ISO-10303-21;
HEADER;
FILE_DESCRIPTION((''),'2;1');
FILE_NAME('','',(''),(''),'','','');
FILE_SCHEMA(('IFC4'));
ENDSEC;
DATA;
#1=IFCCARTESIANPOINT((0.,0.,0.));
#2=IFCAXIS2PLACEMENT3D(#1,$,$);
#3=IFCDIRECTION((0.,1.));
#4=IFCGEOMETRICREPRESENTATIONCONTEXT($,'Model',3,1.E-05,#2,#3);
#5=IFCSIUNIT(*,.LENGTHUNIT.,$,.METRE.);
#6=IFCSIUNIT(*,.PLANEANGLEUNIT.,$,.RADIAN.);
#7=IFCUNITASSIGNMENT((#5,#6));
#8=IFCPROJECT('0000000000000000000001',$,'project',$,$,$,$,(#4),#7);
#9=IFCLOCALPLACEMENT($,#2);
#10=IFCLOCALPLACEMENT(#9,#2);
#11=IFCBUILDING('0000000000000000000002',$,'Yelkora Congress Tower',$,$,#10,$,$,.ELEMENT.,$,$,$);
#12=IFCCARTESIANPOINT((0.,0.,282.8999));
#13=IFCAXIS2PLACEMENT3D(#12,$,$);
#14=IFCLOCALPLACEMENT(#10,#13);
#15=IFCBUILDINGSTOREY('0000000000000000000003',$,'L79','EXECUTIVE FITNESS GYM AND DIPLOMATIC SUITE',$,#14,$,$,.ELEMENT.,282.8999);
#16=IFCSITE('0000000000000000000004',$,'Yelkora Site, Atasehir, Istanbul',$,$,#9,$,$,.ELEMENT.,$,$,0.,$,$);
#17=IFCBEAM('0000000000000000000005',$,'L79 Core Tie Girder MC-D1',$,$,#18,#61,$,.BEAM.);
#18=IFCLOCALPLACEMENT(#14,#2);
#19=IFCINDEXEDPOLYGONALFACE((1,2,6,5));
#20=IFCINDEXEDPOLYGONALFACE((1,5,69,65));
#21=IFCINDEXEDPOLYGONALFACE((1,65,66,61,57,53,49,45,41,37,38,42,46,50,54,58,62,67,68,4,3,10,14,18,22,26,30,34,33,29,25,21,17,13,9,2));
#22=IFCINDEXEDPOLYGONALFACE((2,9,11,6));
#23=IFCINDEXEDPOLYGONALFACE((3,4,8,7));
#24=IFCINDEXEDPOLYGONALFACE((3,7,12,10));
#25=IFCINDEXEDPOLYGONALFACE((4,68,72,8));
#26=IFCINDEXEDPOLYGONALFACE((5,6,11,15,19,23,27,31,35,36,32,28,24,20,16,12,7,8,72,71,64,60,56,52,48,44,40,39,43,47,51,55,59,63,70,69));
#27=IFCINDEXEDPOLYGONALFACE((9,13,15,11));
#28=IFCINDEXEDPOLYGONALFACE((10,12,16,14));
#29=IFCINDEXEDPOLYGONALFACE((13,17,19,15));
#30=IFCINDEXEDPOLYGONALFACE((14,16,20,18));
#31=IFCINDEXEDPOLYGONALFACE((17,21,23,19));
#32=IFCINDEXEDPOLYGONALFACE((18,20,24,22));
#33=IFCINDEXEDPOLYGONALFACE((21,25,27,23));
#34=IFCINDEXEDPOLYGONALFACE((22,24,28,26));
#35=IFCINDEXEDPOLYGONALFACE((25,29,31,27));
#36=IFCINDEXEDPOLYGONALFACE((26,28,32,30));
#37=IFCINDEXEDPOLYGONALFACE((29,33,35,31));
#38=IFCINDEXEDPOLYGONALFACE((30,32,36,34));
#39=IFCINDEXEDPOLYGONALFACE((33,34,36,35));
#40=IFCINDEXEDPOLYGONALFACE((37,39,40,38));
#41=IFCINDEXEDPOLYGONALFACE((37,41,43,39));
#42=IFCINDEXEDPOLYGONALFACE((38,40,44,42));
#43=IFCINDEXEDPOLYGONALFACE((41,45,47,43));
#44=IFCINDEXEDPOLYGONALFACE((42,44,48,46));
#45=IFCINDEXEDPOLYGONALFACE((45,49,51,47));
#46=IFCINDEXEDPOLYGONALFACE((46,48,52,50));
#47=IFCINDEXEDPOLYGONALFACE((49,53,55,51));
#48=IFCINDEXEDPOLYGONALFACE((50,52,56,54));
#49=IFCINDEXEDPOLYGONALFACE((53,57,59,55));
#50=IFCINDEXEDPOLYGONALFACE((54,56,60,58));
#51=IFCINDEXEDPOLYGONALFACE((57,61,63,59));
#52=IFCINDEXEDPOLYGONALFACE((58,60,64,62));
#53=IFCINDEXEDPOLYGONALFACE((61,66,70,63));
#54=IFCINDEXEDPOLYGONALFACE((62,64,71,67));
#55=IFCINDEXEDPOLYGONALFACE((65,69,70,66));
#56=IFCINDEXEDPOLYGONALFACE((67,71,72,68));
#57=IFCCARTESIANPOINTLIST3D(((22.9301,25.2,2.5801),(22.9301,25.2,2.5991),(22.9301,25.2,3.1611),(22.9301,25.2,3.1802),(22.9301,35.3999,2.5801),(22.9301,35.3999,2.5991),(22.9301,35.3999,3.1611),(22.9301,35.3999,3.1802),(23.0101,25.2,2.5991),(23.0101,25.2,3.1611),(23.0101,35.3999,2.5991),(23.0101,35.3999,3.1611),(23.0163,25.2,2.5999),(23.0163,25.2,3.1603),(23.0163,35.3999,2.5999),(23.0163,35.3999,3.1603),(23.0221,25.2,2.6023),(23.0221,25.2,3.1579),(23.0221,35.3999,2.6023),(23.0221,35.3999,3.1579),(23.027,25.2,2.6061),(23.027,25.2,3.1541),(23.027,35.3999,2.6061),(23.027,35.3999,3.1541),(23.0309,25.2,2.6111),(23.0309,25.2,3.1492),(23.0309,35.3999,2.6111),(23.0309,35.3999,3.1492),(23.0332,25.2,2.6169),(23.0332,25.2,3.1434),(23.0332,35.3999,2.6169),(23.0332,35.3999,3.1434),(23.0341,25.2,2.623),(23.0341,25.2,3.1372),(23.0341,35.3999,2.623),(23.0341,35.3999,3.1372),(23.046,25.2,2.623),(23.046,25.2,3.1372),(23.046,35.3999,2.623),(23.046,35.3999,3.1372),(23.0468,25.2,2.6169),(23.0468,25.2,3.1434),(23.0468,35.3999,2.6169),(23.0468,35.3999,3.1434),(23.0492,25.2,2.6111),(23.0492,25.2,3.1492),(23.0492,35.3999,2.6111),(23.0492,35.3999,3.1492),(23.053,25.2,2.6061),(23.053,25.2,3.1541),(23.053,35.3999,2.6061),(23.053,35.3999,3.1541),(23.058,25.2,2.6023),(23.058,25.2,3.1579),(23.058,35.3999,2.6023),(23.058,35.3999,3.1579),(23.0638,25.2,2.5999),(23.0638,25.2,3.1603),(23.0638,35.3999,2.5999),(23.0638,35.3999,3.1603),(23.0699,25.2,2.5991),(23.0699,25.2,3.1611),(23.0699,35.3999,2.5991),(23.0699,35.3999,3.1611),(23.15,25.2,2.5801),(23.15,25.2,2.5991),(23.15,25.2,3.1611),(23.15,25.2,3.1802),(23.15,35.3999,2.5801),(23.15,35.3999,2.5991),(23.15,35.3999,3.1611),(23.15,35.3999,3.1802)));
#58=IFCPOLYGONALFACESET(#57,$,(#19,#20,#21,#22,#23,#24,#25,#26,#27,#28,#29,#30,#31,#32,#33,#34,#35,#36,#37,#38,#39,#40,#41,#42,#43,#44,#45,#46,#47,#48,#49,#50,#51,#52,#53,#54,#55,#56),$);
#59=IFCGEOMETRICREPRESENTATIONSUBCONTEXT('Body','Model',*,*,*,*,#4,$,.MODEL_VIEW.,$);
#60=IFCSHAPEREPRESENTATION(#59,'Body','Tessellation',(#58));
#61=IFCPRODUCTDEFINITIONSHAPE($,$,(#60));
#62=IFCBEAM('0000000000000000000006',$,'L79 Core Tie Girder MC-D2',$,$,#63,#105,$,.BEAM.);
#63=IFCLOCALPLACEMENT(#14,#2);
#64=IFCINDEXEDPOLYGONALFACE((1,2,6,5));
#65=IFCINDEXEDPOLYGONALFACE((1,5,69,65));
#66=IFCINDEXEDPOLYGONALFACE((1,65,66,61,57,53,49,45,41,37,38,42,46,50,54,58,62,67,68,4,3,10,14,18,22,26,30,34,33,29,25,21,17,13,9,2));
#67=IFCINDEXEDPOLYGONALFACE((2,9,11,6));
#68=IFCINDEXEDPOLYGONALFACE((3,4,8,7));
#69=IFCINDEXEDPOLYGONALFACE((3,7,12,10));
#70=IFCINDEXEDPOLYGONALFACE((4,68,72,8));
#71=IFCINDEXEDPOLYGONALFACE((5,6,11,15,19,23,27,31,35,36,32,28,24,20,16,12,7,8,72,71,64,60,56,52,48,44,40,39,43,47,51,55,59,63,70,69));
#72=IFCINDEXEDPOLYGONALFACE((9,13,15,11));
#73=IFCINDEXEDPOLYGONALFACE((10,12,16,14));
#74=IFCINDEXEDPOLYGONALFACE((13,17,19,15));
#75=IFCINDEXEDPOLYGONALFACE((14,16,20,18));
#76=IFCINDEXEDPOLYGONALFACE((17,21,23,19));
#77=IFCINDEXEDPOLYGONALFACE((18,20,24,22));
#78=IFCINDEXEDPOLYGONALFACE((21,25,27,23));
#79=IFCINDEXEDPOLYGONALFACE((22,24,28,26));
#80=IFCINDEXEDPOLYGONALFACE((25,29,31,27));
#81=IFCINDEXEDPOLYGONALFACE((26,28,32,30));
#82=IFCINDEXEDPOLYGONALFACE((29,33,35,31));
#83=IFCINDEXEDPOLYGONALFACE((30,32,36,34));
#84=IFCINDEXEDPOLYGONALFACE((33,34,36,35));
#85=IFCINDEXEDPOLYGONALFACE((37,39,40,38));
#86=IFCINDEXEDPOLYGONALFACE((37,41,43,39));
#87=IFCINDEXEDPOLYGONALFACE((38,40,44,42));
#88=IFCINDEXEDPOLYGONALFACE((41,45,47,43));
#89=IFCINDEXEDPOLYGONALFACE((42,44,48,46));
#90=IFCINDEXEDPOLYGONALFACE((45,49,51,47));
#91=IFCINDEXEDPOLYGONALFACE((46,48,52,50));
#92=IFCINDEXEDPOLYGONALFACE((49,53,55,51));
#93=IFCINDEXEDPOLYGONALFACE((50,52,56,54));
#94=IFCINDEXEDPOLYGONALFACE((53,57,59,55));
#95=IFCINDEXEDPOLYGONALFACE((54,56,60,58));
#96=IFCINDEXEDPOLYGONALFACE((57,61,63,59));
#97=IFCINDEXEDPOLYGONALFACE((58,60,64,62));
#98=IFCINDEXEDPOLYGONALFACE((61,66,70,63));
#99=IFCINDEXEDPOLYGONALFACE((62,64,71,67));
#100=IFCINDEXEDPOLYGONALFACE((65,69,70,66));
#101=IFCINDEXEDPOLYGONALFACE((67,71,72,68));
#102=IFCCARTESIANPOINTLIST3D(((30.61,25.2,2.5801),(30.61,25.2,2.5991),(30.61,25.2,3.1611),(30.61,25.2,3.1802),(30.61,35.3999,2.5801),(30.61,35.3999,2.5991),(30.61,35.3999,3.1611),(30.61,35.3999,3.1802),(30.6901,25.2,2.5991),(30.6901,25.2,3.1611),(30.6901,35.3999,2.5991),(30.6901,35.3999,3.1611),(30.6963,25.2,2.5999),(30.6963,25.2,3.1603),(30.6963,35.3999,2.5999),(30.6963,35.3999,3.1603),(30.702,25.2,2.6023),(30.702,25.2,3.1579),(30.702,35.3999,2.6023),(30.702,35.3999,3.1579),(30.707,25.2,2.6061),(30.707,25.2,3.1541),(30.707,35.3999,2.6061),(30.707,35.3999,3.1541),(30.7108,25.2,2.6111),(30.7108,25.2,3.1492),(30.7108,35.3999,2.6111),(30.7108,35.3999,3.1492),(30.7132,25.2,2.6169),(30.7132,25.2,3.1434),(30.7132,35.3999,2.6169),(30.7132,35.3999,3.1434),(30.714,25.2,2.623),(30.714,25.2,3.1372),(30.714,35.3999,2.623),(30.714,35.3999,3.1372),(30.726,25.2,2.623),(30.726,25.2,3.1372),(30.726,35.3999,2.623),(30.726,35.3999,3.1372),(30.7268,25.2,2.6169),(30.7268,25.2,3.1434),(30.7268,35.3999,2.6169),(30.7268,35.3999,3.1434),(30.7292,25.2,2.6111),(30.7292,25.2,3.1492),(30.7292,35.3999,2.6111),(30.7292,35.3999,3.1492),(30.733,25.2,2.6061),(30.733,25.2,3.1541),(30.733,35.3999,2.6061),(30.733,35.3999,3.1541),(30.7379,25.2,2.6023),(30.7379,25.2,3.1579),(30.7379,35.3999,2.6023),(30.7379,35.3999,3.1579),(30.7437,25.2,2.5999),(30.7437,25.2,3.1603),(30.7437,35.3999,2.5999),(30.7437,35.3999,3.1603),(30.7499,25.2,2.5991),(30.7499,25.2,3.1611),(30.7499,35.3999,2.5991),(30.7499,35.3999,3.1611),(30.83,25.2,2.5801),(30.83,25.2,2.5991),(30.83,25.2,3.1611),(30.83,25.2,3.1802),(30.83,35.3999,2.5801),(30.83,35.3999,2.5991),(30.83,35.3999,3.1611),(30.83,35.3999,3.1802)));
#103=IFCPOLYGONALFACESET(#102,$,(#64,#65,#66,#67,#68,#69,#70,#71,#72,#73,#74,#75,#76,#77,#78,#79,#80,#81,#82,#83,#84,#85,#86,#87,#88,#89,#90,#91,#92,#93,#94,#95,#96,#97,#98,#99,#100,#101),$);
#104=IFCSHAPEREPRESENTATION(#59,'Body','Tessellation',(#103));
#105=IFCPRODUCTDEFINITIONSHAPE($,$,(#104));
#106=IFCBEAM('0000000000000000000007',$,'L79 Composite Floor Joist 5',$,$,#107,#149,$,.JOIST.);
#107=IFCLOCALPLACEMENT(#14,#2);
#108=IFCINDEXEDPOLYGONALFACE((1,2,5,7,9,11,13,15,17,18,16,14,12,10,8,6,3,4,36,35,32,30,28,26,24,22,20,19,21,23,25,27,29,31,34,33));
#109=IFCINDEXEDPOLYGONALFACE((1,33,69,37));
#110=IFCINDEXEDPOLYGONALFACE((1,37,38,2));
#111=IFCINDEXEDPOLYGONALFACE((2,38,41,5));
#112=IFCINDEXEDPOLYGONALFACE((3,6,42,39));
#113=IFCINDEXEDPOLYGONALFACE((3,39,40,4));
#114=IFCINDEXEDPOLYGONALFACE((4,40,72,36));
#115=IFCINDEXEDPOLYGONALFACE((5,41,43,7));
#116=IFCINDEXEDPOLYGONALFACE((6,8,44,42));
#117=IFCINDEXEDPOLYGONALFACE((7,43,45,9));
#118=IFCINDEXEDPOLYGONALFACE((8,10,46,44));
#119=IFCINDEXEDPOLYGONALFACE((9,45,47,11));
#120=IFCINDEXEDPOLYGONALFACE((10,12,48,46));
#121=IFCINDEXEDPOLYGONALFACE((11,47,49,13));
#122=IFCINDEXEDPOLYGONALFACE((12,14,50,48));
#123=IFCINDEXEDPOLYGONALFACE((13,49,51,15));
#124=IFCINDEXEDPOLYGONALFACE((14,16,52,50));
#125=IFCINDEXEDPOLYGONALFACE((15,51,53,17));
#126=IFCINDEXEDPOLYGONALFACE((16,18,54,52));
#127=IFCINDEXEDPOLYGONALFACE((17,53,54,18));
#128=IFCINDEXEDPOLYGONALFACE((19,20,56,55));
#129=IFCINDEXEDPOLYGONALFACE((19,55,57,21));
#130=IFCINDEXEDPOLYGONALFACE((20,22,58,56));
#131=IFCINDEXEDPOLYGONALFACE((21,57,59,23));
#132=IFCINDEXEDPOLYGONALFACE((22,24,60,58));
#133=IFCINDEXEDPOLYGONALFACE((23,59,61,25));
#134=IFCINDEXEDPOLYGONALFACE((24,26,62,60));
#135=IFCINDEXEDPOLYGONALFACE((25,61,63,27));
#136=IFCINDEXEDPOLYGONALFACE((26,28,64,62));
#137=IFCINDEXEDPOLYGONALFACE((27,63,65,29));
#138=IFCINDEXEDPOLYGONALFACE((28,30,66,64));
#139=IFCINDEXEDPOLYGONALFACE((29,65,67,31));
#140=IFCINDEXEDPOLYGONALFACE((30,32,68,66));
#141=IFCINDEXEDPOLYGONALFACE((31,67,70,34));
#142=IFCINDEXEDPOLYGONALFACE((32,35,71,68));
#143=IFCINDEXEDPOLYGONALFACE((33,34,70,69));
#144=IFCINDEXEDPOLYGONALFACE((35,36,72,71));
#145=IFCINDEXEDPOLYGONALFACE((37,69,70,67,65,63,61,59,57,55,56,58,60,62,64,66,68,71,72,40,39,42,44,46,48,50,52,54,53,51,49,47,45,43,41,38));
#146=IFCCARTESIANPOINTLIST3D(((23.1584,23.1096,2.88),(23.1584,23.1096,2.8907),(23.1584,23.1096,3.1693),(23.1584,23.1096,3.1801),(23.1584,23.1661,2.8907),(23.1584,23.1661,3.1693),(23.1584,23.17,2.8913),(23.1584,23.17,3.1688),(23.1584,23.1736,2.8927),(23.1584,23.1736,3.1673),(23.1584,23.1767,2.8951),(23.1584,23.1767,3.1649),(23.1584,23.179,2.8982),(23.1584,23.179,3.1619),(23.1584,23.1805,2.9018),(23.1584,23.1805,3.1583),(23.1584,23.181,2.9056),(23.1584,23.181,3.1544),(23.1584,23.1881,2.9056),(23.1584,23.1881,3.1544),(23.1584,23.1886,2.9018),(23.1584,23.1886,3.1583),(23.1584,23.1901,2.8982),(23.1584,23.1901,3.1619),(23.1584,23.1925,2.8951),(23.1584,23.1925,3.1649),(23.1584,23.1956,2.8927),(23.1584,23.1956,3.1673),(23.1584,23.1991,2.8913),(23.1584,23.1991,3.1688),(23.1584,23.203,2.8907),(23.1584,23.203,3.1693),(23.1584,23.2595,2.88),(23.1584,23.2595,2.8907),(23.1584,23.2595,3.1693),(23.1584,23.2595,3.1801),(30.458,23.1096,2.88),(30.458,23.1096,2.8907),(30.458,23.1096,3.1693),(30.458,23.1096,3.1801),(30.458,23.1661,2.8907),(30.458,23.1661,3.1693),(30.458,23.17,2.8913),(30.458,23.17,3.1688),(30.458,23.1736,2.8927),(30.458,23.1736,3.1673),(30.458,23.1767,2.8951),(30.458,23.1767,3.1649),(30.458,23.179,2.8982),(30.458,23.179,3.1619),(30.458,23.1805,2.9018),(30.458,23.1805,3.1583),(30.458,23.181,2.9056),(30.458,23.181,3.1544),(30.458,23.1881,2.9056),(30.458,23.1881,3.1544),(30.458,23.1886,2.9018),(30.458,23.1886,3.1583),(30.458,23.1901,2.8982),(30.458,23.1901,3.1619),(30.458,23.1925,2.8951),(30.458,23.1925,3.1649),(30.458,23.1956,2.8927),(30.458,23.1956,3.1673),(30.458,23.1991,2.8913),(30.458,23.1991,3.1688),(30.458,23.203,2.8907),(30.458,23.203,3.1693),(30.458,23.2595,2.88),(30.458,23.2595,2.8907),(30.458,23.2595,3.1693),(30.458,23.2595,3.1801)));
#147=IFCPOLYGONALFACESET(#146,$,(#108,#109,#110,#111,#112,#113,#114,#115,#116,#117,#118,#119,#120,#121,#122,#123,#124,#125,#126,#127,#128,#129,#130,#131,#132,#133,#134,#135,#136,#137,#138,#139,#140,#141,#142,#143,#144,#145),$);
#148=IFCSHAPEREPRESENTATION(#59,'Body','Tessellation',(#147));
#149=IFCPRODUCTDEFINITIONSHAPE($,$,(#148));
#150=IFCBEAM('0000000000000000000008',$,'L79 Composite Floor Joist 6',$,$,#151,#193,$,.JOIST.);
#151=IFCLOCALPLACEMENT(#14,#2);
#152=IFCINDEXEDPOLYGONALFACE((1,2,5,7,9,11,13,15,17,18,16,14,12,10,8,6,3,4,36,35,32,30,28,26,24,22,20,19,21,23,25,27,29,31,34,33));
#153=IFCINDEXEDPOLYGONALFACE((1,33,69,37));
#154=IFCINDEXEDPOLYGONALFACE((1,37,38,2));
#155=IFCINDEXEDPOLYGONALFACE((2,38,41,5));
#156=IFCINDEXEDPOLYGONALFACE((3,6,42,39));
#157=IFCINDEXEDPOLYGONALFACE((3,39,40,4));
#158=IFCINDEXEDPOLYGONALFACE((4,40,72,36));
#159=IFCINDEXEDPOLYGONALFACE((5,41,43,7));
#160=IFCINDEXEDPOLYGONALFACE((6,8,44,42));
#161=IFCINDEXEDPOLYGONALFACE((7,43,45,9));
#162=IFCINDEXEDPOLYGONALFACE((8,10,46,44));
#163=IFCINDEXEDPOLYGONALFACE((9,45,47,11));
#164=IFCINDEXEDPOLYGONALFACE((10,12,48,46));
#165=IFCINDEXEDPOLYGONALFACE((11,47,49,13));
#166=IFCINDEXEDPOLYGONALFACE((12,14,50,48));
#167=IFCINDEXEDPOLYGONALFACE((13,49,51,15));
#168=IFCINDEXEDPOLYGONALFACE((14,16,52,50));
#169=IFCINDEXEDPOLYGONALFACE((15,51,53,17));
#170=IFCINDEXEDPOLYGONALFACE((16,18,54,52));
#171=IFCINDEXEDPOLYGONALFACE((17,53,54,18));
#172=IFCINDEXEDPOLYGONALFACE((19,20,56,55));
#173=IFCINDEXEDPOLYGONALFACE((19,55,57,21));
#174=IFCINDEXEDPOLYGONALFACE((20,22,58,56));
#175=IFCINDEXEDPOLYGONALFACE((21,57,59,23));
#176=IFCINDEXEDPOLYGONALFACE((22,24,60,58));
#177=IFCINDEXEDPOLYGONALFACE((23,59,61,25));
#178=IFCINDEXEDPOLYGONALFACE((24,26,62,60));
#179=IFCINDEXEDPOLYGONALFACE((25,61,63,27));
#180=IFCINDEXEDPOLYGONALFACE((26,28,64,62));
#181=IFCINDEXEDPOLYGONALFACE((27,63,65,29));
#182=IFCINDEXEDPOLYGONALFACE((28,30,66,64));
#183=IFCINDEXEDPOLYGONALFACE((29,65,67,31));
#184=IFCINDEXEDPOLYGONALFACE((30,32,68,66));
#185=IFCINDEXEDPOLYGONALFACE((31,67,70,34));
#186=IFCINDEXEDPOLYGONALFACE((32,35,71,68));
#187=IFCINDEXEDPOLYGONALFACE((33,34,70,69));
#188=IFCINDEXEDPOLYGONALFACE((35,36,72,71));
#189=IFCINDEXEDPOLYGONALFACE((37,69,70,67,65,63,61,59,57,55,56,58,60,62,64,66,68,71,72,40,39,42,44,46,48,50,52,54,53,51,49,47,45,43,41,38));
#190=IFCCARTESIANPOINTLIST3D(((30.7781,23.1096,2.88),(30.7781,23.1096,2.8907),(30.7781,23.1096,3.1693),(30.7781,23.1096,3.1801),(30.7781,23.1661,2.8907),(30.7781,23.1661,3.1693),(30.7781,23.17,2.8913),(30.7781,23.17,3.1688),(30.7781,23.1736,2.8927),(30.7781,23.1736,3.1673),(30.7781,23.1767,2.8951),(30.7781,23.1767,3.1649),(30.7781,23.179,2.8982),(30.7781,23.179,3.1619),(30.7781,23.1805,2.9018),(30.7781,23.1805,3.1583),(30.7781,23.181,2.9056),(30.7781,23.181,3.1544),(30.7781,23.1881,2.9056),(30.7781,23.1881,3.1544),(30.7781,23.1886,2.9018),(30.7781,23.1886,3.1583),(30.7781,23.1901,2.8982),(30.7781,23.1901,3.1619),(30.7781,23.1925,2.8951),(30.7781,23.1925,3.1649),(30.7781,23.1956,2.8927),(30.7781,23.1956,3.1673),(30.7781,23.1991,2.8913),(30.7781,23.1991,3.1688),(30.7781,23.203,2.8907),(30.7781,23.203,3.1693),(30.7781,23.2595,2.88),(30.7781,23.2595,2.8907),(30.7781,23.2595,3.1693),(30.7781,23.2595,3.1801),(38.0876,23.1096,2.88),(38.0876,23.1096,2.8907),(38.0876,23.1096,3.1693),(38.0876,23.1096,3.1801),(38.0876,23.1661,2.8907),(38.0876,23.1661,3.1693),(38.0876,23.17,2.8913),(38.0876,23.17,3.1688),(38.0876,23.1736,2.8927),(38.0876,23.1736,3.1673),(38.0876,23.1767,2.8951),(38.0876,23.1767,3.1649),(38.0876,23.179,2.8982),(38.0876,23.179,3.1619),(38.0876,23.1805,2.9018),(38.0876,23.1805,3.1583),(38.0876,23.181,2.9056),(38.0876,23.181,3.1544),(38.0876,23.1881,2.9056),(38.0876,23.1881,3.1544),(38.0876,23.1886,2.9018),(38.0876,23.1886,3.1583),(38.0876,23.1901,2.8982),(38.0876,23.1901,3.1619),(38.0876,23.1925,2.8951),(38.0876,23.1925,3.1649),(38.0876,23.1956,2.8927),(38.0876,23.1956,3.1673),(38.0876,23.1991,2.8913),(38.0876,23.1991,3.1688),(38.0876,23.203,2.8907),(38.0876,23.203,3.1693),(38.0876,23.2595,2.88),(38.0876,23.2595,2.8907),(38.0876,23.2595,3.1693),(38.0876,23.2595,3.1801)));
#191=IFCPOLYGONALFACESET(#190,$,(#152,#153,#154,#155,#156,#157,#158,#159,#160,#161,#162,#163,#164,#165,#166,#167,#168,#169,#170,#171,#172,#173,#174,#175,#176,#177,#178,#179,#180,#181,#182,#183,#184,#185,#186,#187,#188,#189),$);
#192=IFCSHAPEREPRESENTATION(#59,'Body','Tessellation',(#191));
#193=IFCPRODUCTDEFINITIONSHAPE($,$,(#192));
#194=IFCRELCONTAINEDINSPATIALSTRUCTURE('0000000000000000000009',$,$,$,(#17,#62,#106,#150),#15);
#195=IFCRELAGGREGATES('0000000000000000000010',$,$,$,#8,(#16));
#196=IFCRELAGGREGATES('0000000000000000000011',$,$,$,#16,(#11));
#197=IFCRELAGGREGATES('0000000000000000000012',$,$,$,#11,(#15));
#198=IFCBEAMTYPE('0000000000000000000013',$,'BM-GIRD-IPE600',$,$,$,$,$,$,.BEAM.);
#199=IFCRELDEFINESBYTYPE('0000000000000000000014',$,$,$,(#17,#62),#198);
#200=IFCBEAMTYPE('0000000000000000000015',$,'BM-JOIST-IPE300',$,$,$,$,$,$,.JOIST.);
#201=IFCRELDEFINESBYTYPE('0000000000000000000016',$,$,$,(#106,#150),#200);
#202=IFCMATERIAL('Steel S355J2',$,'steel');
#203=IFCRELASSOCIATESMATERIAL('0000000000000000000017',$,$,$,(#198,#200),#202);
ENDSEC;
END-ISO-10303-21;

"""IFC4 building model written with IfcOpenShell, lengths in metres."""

from ifc_helpers import new_model, si_unit, direction, frame, origin, origin_2d, place, context, subcontext, project, spatial, i_section, extrude, material, material_profile, profile_set, type_object, element, save


model = new_model("IFC4")

# Units and contexts
model_context = context("Model", 3, precision=1e-05, world=origin(), true_north=direction((0.0, 1.0)))
body_context = subcontext(model_context, "Body", "Model", "MODEL_VIEW")
ifc_project = project(units=[si_unit("LENGTHUNIT", "METRE"), si_unit("PLANEANGLEUNIT", "RADIAN")], contexts=[model_context])

# Site, building, storey
site_placement = place(None, origin())
site = spatial("IfcSite", under=ifc_project, at=site_placement, Name="Yelkora Site, Atasehir, Istanbul", CompositionType="ELEMENT", RefElevation=0.0)
building_placement = place(site_placement, origin())
building = spatial("IfcBuilding", under=site, at=building_placement, Name="Yelkora Congress Tower", CompositionType="ELEMENT")
storey_placement = place(building_placement, frame((0.0, 0.0, 282.8999)))
storey = spatial("IfcBuildingStorey", under=building, at=storey_placement, Name="L79", Description="EXECUTIVE FITNESS GYM AND DIPLOMATIC SUITE", CompositionType="ELEMENT", Elevation=282.8999)

# Beams
ifc_material_1 = material(Name="Steel S355J2", Category="steel")
ifc_material_profile_1 = material_profile(ifc_material_1, i_section(OverallWidth=0.22, OverallDepth=0.6001, WebThickness=0.012, FlangeThickness=0.019, FilletRadius=0.0239, at=origin_2d()), Name="IPE 600")
ifc_profile_set_1 = profile_set([ifc_material_profile_1], Name="Steel S355J2")
beam_type_1 = type_object("IfcBeamType", Name="BM-GIRD-IPE600", PredefinedType="BEAM", material=ifc_profile_set_1)
for number, where, z_axis, x_axis, name in (
    (1, (23.04, 25.2, 2.8801), (0.0, 1.0, 0.0), (-1.0, 0.0, 0.0), "L79 Core Tie Girder MC-D1"),
    (2, (30.72, 25.2, 2.8801), (0.0, 1.0, 0.0), (-1.0, 0.0, 0.0), "L79 Core Tie Girder MC-D2"),
):
    element("IfcBeam", number, at=place(storey_placement, frame(where, z_axis=z_axis, x_axis=x_axis)), inside=storey, type_object=beam_type_1, Name=name, PredefinedType="BEAM", context=body_context, shape_type="SweptSolid", body=[
        extrude(i_section(OverallWidth=0.22, OverallDepth=0.6001, WebThickness=0.012, FlangeThickness=0.019, FilletRadius=0.0239, at=origin_2d()), origin(), (0.0, 0.0, 1.0), 10.2),
    ])
ifc_material_profile_2 = material_profile(ifc_material_1, i_section(OverallWidth=0.1499, OverallDepth=0.3, WebThickness=0.0071, FlangeThickness=0.0107, FilletRadius=0.0149, at=origin_2d()), Name="IPE 300")
ifc_profile_set_2 = profile_set([ifc_material_profile_2], Name="Steel S355J2")
beam_type_2 = type_object("IfcBeamType", Name="BM-JOIST-IPE300", PredefinedType="JOIST", material=ifc_profile_set_2)
beam_1_placement = place(storey_placement, frame((23.1584, 23.1846, 3.03), z_axis=(1.0, 0.0, 0.0), x_axis=(0.0, 1.0, 0.0)))
element("IfcBeam", 3, at=beam_1_placement, inside=storey, type_object=beam_type_2, Name="L79 Composite Floor Joist 5", PredefinedType="JOIST", context=body_context, shape_type="SweptSolid", body=[
    extrude(i_section(OverallWidth=0.1499, OverallDepth=0.3, WebThickness=0.0071, FlangeThickness=0.0107, FilletRadius=0.0149, at=origin_2d()), origin(), (0.0, 0.0, 1.0), 7.2996),
])
beam_2_placement = place(storey_placement, frame((30.7781, 23.1846, 3.03), z_axis=(1.0, 0.0, 0.0), x_axis=(0.0, 1.0, 0.0)))
element("IfcBeam", 4, at=beam_2_placement, inside=storey, type_object=beam_type_2, Name="L79 Composite Floor Joist 6", PredefinedType="JOIST", context=body_context, shape_type="SweptSolid", body=[
    extrude(i_section(OverallWidth=0.1499, OverallDepth=0.3, WebThickness=0.0071, FlangeThickness=0.0107, FilletRadius=0.0149, at=origin_2d()), origin(), (0.0, 0.0, 1.0), 7.3096),
])

save(model, "model.ifc")
